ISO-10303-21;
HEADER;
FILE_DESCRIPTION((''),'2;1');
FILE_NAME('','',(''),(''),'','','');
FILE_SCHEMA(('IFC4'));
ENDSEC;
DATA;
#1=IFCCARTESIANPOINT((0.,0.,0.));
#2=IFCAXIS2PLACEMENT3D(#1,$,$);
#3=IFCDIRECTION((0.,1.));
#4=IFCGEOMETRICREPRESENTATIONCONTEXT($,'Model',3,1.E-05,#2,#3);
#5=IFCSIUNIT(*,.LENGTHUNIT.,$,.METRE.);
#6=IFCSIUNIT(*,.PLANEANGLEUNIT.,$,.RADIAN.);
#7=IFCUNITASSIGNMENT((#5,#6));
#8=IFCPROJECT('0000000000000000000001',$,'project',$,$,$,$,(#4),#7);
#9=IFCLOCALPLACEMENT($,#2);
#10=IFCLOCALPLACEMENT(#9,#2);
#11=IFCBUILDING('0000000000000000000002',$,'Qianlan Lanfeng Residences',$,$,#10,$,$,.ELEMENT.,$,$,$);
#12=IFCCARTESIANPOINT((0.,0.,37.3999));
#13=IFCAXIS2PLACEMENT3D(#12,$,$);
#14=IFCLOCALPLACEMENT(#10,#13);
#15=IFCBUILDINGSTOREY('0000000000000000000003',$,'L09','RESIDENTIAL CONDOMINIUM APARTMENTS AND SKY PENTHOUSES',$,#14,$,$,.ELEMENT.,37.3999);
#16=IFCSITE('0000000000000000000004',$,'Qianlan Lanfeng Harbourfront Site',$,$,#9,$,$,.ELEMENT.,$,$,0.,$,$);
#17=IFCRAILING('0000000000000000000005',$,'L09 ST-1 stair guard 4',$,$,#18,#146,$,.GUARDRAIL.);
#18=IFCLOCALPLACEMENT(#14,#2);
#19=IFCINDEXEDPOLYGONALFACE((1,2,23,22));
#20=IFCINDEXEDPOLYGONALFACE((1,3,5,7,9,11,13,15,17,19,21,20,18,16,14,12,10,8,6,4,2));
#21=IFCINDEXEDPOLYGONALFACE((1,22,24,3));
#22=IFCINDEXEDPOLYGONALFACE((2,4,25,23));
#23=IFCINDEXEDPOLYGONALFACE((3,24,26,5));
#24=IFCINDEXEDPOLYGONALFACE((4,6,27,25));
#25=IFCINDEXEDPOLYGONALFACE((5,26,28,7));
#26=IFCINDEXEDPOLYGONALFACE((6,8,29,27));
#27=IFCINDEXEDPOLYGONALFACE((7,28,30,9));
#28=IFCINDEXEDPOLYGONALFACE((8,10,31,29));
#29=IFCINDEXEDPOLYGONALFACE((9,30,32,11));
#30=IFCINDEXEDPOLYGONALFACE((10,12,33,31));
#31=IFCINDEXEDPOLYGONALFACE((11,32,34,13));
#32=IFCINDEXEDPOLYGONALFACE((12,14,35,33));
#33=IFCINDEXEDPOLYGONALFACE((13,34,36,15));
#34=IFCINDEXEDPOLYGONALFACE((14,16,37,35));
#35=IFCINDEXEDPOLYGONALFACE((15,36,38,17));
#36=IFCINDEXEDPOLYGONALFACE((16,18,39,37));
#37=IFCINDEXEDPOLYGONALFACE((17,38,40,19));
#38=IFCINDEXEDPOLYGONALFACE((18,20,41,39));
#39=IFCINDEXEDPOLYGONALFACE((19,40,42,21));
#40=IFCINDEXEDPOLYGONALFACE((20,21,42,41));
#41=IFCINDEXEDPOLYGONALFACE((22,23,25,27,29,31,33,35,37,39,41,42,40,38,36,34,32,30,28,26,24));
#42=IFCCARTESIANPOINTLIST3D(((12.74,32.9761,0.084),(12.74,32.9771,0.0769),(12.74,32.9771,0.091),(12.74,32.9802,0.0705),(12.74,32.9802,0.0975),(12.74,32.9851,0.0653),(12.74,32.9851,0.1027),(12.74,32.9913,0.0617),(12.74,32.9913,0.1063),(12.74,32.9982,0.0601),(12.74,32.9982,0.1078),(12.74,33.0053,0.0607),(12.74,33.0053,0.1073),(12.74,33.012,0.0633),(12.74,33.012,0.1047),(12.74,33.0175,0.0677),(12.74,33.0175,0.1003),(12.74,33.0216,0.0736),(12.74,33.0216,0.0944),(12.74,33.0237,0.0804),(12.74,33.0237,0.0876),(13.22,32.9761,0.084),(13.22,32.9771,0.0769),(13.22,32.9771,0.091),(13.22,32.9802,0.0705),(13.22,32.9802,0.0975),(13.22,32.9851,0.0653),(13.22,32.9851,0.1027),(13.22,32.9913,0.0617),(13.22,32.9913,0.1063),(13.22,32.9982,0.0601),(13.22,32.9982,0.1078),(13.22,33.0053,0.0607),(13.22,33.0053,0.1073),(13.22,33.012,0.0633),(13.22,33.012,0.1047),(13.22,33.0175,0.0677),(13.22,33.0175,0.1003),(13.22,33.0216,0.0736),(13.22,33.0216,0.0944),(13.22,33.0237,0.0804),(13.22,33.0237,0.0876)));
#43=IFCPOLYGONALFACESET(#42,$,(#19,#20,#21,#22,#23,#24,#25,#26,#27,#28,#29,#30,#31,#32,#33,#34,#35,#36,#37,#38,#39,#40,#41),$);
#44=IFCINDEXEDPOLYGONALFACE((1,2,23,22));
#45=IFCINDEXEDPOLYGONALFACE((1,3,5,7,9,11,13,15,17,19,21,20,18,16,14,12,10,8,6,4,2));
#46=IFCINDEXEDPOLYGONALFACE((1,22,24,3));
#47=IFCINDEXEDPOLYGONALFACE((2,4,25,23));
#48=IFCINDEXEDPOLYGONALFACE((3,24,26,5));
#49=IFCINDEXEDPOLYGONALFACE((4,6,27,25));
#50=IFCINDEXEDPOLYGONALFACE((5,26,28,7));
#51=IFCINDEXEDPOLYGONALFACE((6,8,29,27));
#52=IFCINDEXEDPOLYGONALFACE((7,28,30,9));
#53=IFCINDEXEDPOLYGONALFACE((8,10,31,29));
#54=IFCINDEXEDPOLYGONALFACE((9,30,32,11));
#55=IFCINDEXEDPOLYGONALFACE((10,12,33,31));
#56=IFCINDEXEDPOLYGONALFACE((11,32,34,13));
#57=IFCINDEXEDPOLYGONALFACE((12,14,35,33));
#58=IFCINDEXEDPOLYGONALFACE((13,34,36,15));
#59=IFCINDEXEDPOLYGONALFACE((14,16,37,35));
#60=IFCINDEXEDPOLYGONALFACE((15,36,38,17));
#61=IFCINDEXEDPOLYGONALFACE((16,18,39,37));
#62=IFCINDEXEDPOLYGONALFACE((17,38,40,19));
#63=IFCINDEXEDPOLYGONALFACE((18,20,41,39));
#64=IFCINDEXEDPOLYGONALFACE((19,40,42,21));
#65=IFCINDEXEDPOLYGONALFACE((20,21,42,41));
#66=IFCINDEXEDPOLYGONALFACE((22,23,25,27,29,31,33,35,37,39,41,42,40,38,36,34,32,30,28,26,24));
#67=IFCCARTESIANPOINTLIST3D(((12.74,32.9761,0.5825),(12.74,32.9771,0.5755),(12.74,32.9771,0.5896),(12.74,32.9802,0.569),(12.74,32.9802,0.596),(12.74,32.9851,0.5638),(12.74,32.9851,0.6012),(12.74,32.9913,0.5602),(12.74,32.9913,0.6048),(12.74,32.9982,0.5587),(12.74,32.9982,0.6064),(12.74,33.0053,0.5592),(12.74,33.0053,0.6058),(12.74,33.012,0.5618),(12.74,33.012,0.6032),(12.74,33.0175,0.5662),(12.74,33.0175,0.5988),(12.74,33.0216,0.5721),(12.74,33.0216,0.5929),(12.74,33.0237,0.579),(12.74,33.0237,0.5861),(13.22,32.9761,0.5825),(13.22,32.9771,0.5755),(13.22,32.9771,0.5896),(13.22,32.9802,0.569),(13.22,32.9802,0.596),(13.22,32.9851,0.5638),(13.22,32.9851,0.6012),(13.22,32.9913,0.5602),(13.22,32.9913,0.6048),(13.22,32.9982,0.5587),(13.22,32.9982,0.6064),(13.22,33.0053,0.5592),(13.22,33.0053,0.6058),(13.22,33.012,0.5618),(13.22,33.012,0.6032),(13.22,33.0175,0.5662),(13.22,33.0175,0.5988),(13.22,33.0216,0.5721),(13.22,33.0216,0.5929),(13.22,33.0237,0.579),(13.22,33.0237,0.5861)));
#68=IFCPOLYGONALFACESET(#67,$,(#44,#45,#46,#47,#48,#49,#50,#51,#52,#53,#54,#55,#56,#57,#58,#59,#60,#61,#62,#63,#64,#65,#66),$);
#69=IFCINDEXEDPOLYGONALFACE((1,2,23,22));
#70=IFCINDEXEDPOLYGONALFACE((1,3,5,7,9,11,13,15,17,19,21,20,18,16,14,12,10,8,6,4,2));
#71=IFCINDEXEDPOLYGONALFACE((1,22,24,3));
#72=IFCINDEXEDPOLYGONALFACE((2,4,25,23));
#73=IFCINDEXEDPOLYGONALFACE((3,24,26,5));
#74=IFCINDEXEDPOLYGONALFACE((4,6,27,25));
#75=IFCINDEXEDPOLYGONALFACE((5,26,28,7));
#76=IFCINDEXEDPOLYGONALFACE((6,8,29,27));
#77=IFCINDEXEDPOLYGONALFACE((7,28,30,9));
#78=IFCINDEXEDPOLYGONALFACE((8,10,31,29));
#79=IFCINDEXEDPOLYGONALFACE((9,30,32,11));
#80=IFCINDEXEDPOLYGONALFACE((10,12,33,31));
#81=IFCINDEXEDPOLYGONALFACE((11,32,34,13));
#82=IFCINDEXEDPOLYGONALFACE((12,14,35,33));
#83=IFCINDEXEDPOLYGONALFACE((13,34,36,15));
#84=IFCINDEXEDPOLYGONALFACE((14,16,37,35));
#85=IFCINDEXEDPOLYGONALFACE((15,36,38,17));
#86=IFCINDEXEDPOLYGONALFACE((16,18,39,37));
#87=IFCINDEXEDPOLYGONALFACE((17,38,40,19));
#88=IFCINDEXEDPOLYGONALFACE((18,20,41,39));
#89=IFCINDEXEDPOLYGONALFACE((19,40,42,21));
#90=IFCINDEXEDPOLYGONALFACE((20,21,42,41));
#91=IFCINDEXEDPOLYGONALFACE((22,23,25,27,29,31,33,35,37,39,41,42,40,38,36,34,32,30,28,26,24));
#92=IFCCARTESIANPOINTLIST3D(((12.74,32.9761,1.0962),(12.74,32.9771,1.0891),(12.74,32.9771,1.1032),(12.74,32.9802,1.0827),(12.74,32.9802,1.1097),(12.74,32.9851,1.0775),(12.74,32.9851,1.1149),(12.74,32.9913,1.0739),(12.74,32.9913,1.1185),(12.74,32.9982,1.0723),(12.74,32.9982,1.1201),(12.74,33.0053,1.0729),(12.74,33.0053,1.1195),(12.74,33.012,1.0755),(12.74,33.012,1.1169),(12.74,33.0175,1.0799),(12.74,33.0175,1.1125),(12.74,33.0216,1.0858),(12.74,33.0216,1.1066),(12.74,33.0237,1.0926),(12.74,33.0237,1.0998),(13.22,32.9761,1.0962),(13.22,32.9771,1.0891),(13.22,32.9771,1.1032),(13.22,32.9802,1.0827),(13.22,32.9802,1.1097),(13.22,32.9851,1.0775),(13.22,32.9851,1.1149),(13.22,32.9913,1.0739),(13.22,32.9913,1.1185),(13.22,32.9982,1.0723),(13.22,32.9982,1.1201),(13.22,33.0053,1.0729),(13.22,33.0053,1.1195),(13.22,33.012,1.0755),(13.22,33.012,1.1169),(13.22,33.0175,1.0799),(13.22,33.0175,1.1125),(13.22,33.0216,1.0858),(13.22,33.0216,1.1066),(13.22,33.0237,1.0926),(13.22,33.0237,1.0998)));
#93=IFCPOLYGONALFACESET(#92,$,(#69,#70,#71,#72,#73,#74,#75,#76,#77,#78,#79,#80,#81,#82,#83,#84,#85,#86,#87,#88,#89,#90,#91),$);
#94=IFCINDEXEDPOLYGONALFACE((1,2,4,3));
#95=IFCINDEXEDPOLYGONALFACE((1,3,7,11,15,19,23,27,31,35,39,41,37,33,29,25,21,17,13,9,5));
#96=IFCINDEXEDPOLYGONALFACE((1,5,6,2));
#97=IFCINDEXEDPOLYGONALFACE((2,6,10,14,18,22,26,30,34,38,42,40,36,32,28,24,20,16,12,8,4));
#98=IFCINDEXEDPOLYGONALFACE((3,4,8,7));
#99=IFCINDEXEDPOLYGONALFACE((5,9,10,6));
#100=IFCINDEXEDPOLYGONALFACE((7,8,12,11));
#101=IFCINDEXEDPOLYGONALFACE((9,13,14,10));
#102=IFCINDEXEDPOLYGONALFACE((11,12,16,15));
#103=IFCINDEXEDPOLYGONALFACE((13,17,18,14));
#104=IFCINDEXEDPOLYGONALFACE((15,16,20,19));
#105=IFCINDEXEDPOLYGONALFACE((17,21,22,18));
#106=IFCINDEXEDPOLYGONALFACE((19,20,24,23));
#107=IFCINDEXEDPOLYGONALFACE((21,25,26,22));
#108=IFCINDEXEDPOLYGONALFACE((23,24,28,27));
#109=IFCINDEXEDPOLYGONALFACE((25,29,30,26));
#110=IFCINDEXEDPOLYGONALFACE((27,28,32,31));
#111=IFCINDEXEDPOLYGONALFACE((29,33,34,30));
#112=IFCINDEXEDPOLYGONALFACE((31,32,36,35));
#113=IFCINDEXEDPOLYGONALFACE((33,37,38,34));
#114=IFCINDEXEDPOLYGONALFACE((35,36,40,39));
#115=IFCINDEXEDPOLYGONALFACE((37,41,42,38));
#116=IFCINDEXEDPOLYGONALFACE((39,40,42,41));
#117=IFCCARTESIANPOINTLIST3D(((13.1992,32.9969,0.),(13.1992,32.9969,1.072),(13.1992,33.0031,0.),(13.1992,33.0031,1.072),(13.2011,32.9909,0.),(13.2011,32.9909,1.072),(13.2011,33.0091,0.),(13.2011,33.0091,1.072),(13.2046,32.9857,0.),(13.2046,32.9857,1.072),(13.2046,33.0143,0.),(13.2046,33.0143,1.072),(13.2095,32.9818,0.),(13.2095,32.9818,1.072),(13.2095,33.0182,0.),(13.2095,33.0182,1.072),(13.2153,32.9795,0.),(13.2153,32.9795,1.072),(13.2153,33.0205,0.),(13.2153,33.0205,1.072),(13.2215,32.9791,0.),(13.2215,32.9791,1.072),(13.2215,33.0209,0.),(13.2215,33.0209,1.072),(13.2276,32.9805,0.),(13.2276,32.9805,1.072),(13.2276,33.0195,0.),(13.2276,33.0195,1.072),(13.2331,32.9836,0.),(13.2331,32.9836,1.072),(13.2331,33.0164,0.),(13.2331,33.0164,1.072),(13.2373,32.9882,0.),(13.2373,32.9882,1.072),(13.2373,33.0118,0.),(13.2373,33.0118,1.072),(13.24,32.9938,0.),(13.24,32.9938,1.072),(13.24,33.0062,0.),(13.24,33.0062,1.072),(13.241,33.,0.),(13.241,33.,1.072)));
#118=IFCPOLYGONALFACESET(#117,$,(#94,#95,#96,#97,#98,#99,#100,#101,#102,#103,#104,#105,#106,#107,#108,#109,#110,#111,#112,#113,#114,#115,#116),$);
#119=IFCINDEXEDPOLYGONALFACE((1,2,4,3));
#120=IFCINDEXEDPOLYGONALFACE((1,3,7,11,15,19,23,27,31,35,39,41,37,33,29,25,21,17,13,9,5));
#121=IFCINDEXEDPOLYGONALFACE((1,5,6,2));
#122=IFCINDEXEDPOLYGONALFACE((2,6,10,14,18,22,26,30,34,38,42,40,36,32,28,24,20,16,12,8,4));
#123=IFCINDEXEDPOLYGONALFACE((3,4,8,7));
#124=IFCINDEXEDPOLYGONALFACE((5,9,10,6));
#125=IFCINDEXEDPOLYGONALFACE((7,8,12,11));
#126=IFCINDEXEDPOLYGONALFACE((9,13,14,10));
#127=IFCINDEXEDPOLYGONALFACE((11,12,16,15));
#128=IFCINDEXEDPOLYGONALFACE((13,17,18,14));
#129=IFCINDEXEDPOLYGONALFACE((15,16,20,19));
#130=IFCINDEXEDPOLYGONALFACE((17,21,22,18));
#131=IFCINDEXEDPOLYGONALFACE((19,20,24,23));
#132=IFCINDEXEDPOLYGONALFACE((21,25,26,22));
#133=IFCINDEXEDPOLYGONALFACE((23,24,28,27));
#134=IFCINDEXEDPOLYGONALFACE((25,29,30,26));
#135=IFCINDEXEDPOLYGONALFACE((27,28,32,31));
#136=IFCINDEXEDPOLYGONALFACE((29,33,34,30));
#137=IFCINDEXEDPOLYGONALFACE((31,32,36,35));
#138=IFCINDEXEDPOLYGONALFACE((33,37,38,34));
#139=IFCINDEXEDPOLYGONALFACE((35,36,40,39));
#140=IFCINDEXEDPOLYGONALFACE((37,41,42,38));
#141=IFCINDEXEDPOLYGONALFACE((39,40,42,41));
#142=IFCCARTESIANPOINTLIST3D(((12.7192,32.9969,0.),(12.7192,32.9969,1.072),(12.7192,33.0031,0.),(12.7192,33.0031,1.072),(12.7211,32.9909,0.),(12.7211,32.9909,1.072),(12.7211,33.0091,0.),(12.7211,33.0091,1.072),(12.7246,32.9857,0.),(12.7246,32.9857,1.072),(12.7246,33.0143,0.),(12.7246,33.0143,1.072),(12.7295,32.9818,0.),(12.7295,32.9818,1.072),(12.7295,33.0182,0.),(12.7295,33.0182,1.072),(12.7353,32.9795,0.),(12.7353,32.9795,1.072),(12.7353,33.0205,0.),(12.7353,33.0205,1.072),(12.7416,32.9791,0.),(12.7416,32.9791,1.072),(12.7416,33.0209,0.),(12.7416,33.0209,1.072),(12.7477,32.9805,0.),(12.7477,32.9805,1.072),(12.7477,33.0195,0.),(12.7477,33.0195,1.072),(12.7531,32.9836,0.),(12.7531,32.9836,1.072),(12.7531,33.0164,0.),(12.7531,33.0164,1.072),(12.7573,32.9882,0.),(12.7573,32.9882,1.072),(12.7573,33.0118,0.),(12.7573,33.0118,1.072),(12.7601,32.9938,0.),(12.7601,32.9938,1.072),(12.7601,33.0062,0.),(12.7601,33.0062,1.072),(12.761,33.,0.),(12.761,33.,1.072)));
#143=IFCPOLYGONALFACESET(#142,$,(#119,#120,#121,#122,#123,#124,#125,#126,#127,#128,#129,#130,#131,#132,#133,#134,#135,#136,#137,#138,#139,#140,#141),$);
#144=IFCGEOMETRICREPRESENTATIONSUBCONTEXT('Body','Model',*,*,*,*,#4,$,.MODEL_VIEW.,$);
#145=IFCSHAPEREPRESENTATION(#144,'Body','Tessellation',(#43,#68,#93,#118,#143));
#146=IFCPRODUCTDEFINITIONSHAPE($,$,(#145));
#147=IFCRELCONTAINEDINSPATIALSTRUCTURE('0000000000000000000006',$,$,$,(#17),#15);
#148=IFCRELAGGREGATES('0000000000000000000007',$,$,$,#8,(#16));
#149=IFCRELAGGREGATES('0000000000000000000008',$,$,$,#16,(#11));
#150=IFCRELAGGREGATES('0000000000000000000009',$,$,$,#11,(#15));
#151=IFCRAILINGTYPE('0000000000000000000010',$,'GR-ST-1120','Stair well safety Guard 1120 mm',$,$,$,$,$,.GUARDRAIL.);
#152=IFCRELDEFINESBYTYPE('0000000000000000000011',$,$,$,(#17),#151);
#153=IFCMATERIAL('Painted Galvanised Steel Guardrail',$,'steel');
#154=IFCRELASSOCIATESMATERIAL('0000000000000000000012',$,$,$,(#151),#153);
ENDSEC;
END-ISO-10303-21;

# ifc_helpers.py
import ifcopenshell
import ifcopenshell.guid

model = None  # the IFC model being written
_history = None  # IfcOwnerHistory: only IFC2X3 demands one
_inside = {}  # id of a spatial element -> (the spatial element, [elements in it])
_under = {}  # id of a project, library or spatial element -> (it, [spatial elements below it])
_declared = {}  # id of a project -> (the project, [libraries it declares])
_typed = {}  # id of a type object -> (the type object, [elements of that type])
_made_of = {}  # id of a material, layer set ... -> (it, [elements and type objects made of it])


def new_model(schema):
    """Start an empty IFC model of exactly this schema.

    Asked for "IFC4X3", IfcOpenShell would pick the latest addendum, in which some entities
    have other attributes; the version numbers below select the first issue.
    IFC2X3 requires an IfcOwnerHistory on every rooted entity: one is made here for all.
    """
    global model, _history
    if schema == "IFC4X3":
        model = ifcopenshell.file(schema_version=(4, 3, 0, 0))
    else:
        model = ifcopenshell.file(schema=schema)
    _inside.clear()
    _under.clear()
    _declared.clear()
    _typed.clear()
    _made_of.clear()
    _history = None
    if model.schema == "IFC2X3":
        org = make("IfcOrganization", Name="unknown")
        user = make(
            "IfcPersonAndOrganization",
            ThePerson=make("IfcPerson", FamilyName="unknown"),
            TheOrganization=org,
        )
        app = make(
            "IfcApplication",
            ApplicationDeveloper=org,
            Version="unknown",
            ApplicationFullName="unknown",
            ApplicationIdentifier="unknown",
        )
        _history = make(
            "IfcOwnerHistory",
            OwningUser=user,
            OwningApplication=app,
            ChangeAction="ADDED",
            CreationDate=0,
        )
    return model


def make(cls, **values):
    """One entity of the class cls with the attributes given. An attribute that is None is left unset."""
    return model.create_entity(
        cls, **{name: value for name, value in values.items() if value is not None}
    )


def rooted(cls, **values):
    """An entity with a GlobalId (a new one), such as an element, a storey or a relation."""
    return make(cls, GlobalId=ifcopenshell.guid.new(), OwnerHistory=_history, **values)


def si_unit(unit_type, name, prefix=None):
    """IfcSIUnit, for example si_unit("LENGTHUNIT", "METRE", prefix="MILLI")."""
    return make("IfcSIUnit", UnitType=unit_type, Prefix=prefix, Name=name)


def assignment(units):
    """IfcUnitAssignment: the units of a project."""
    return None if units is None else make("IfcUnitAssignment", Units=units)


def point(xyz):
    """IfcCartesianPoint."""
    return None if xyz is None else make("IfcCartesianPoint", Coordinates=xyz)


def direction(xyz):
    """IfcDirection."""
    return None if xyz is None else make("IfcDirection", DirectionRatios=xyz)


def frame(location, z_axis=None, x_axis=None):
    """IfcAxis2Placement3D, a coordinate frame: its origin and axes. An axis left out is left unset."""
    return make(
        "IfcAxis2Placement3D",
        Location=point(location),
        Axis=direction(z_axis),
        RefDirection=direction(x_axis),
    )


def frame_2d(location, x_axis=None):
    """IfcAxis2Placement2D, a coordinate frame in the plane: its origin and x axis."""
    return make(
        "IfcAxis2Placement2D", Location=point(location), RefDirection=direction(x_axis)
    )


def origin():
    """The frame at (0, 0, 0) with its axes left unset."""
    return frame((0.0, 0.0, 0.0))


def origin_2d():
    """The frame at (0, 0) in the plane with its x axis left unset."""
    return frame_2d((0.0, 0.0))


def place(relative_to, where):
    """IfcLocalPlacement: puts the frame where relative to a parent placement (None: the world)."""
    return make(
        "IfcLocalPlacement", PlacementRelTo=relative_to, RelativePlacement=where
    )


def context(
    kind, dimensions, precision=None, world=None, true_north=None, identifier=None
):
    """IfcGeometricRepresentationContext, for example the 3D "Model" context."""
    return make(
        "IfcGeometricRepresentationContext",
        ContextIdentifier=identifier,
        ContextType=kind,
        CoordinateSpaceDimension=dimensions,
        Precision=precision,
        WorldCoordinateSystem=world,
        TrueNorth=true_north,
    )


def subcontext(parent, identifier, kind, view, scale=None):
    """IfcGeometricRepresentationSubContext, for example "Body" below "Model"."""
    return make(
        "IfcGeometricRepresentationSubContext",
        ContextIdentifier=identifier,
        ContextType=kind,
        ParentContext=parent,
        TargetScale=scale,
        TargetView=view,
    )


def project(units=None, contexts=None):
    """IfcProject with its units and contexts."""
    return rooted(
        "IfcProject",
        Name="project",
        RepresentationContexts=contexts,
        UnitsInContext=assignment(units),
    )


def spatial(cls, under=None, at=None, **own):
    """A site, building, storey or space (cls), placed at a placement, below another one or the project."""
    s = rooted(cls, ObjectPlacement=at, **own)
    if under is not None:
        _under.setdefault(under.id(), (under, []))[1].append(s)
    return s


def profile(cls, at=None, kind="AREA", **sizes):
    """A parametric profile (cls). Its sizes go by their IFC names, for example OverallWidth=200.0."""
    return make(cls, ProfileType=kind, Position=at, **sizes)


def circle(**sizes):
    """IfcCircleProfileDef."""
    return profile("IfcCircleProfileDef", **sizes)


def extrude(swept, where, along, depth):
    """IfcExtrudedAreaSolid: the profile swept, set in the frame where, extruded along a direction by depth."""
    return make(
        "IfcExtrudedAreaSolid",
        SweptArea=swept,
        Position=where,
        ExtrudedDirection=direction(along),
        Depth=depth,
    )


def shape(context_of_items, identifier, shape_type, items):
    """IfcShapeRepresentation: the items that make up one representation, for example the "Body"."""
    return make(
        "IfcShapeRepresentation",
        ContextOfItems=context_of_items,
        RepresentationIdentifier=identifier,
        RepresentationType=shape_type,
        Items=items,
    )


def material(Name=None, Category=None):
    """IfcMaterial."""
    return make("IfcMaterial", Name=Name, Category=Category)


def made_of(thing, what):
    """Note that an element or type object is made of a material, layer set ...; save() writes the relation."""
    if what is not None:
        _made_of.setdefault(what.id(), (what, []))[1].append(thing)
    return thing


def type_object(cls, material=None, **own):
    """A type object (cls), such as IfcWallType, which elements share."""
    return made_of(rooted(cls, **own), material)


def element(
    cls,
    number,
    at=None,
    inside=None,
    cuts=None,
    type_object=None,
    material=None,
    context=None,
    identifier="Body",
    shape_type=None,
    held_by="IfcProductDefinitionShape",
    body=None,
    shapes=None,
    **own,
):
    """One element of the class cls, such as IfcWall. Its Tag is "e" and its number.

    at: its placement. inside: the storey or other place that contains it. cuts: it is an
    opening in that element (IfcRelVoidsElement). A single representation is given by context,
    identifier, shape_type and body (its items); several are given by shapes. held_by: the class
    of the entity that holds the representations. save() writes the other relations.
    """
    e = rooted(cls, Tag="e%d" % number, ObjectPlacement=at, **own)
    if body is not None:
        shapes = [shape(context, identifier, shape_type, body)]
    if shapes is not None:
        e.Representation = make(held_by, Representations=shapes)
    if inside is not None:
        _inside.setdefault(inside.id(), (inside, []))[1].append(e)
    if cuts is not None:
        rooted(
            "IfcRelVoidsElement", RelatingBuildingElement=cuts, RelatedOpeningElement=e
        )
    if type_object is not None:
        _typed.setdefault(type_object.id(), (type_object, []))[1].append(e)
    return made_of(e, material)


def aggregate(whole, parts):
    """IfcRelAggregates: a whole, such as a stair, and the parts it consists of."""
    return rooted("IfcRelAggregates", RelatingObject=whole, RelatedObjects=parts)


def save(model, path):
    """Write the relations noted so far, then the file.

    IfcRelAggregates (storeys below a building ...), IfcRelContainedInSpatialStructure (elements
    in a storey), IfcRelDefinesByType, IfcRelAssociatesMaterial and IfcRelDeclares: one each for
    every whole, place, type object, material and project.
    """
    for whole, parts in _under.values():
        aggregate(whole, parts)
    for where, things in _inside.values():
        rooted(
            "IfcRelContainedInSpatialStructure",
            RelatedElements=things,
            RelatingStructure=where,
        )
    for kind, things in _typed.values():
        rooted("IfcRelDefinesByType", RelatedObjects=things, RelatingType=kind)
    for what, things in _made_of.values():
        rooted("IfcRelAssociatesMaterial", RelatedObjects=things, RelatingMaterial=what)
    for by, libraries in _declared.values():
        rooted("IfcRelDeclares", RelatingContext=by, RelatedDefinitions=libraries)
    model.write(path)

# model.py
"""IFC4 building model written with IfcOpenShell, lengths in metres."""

from ifc_helpers import new_model, si_unit, direction, frame, origin, origin_2d, place, context, subcontext, project, spatial, circle, extrude, material, type_object, element, save


model = new_model("IFC4")

# Units and contexts
model_context = context("Model", 3, precision=1e-05, world=origin(), true_north=direction((0.0, 1.0)))
body_context = subcontext(model_context, "Body", "Model", "MODEL_VIEW")
ifc_project = project(units=[si_unit("LENGTHUNIT", "METRE"), si_unit("PLANEANGLEUNIT", "RADIAN")], contexts=[model_context])

# Site, building, storey
site_placement = place(None, origin())
site = spatial("IfcSite", under=ifc_project, at=site_placement, Name="Qianlan Lanfeng Harbourfront Site", CompositionType="ELEMENT", RefElevation=0.0)
building_placement = place(site_placement, origin())
building = spatial("IfcBuilding", under=site, at=building_placement, Name="Qianlan Lanfeng Residences", CompositionType="ELEMENT")
storey_placement = place(building_placement, frame((0.0, 0.0, 37.3999)))
storey = spatial("IfcBuildingStorey", under=building, at=storey_placement, Name="L09", Description="RESIDENTIAL CONDOMINIUM APARTMENTS AND SKY PENTHOUSES", CompositionType="ELEMENT", Elevation=37.3999)

# Railing
ifc_material_1 = material(Name="Painted Galvanised Steel Guardrail", Category="steel")
railing_type = type_object("IfcRailingType", Name="GR-ST-1120", Description="Stair well safety Guard 1120 mm", PredefinedType="GUARDRAIL", material=ifc_material_1)
railing_placement = place(storey_placement, frame((13.22, 33.0, 0.0)))
element("IfcRailing", 1, at=railing_placement, inside=storey, type_object=railing_type, Name="L09 ST-1 stair guard 4", PredefinedType="GUARDRAIL", context=body_context, shape_type="SweptSolid", body=[
    extrude(circle(Radius=0.0239, at=origin_2d()), frame((0.0, 0.0, 0.084), z_axis=(-1.0, 0.0, 0.0), x_axis=(0.0, -1.0, 0.0)), (0.0, 0.0, 1.0), 0.48),
    extrude(circle(Radius=0.0239, at=origin_2d()), frame((0.0, 0.0, 0.5825), z_axis=(-1.0, 0.0, 0.0), x_axis=(0.0, -1.0, 0.0)), (0.0, 0.0, 1.0), 0.48),
    extrude(circle(Radius=0.0239, at=origin_2d()), frame((0.0, 0.0, 1.0962), z_axis=(-1.0, 0.0, 0.0), x_axis=(0.0, -1.0, 0.0)), (0.0, 0.0, 1.0), 0.48),
    extrude(circle(Radius=0.021, at=origin_2d()), origin(), (0.0, 0.0, 1.0), 1.072),
    extrude(circle(Radius=0.021, at=origin_2d()), frame((-0.48, 0.0, 0.0)), (0.0, 0.0, 1.0), 1.072),
])

save(model, "model.ifc")
